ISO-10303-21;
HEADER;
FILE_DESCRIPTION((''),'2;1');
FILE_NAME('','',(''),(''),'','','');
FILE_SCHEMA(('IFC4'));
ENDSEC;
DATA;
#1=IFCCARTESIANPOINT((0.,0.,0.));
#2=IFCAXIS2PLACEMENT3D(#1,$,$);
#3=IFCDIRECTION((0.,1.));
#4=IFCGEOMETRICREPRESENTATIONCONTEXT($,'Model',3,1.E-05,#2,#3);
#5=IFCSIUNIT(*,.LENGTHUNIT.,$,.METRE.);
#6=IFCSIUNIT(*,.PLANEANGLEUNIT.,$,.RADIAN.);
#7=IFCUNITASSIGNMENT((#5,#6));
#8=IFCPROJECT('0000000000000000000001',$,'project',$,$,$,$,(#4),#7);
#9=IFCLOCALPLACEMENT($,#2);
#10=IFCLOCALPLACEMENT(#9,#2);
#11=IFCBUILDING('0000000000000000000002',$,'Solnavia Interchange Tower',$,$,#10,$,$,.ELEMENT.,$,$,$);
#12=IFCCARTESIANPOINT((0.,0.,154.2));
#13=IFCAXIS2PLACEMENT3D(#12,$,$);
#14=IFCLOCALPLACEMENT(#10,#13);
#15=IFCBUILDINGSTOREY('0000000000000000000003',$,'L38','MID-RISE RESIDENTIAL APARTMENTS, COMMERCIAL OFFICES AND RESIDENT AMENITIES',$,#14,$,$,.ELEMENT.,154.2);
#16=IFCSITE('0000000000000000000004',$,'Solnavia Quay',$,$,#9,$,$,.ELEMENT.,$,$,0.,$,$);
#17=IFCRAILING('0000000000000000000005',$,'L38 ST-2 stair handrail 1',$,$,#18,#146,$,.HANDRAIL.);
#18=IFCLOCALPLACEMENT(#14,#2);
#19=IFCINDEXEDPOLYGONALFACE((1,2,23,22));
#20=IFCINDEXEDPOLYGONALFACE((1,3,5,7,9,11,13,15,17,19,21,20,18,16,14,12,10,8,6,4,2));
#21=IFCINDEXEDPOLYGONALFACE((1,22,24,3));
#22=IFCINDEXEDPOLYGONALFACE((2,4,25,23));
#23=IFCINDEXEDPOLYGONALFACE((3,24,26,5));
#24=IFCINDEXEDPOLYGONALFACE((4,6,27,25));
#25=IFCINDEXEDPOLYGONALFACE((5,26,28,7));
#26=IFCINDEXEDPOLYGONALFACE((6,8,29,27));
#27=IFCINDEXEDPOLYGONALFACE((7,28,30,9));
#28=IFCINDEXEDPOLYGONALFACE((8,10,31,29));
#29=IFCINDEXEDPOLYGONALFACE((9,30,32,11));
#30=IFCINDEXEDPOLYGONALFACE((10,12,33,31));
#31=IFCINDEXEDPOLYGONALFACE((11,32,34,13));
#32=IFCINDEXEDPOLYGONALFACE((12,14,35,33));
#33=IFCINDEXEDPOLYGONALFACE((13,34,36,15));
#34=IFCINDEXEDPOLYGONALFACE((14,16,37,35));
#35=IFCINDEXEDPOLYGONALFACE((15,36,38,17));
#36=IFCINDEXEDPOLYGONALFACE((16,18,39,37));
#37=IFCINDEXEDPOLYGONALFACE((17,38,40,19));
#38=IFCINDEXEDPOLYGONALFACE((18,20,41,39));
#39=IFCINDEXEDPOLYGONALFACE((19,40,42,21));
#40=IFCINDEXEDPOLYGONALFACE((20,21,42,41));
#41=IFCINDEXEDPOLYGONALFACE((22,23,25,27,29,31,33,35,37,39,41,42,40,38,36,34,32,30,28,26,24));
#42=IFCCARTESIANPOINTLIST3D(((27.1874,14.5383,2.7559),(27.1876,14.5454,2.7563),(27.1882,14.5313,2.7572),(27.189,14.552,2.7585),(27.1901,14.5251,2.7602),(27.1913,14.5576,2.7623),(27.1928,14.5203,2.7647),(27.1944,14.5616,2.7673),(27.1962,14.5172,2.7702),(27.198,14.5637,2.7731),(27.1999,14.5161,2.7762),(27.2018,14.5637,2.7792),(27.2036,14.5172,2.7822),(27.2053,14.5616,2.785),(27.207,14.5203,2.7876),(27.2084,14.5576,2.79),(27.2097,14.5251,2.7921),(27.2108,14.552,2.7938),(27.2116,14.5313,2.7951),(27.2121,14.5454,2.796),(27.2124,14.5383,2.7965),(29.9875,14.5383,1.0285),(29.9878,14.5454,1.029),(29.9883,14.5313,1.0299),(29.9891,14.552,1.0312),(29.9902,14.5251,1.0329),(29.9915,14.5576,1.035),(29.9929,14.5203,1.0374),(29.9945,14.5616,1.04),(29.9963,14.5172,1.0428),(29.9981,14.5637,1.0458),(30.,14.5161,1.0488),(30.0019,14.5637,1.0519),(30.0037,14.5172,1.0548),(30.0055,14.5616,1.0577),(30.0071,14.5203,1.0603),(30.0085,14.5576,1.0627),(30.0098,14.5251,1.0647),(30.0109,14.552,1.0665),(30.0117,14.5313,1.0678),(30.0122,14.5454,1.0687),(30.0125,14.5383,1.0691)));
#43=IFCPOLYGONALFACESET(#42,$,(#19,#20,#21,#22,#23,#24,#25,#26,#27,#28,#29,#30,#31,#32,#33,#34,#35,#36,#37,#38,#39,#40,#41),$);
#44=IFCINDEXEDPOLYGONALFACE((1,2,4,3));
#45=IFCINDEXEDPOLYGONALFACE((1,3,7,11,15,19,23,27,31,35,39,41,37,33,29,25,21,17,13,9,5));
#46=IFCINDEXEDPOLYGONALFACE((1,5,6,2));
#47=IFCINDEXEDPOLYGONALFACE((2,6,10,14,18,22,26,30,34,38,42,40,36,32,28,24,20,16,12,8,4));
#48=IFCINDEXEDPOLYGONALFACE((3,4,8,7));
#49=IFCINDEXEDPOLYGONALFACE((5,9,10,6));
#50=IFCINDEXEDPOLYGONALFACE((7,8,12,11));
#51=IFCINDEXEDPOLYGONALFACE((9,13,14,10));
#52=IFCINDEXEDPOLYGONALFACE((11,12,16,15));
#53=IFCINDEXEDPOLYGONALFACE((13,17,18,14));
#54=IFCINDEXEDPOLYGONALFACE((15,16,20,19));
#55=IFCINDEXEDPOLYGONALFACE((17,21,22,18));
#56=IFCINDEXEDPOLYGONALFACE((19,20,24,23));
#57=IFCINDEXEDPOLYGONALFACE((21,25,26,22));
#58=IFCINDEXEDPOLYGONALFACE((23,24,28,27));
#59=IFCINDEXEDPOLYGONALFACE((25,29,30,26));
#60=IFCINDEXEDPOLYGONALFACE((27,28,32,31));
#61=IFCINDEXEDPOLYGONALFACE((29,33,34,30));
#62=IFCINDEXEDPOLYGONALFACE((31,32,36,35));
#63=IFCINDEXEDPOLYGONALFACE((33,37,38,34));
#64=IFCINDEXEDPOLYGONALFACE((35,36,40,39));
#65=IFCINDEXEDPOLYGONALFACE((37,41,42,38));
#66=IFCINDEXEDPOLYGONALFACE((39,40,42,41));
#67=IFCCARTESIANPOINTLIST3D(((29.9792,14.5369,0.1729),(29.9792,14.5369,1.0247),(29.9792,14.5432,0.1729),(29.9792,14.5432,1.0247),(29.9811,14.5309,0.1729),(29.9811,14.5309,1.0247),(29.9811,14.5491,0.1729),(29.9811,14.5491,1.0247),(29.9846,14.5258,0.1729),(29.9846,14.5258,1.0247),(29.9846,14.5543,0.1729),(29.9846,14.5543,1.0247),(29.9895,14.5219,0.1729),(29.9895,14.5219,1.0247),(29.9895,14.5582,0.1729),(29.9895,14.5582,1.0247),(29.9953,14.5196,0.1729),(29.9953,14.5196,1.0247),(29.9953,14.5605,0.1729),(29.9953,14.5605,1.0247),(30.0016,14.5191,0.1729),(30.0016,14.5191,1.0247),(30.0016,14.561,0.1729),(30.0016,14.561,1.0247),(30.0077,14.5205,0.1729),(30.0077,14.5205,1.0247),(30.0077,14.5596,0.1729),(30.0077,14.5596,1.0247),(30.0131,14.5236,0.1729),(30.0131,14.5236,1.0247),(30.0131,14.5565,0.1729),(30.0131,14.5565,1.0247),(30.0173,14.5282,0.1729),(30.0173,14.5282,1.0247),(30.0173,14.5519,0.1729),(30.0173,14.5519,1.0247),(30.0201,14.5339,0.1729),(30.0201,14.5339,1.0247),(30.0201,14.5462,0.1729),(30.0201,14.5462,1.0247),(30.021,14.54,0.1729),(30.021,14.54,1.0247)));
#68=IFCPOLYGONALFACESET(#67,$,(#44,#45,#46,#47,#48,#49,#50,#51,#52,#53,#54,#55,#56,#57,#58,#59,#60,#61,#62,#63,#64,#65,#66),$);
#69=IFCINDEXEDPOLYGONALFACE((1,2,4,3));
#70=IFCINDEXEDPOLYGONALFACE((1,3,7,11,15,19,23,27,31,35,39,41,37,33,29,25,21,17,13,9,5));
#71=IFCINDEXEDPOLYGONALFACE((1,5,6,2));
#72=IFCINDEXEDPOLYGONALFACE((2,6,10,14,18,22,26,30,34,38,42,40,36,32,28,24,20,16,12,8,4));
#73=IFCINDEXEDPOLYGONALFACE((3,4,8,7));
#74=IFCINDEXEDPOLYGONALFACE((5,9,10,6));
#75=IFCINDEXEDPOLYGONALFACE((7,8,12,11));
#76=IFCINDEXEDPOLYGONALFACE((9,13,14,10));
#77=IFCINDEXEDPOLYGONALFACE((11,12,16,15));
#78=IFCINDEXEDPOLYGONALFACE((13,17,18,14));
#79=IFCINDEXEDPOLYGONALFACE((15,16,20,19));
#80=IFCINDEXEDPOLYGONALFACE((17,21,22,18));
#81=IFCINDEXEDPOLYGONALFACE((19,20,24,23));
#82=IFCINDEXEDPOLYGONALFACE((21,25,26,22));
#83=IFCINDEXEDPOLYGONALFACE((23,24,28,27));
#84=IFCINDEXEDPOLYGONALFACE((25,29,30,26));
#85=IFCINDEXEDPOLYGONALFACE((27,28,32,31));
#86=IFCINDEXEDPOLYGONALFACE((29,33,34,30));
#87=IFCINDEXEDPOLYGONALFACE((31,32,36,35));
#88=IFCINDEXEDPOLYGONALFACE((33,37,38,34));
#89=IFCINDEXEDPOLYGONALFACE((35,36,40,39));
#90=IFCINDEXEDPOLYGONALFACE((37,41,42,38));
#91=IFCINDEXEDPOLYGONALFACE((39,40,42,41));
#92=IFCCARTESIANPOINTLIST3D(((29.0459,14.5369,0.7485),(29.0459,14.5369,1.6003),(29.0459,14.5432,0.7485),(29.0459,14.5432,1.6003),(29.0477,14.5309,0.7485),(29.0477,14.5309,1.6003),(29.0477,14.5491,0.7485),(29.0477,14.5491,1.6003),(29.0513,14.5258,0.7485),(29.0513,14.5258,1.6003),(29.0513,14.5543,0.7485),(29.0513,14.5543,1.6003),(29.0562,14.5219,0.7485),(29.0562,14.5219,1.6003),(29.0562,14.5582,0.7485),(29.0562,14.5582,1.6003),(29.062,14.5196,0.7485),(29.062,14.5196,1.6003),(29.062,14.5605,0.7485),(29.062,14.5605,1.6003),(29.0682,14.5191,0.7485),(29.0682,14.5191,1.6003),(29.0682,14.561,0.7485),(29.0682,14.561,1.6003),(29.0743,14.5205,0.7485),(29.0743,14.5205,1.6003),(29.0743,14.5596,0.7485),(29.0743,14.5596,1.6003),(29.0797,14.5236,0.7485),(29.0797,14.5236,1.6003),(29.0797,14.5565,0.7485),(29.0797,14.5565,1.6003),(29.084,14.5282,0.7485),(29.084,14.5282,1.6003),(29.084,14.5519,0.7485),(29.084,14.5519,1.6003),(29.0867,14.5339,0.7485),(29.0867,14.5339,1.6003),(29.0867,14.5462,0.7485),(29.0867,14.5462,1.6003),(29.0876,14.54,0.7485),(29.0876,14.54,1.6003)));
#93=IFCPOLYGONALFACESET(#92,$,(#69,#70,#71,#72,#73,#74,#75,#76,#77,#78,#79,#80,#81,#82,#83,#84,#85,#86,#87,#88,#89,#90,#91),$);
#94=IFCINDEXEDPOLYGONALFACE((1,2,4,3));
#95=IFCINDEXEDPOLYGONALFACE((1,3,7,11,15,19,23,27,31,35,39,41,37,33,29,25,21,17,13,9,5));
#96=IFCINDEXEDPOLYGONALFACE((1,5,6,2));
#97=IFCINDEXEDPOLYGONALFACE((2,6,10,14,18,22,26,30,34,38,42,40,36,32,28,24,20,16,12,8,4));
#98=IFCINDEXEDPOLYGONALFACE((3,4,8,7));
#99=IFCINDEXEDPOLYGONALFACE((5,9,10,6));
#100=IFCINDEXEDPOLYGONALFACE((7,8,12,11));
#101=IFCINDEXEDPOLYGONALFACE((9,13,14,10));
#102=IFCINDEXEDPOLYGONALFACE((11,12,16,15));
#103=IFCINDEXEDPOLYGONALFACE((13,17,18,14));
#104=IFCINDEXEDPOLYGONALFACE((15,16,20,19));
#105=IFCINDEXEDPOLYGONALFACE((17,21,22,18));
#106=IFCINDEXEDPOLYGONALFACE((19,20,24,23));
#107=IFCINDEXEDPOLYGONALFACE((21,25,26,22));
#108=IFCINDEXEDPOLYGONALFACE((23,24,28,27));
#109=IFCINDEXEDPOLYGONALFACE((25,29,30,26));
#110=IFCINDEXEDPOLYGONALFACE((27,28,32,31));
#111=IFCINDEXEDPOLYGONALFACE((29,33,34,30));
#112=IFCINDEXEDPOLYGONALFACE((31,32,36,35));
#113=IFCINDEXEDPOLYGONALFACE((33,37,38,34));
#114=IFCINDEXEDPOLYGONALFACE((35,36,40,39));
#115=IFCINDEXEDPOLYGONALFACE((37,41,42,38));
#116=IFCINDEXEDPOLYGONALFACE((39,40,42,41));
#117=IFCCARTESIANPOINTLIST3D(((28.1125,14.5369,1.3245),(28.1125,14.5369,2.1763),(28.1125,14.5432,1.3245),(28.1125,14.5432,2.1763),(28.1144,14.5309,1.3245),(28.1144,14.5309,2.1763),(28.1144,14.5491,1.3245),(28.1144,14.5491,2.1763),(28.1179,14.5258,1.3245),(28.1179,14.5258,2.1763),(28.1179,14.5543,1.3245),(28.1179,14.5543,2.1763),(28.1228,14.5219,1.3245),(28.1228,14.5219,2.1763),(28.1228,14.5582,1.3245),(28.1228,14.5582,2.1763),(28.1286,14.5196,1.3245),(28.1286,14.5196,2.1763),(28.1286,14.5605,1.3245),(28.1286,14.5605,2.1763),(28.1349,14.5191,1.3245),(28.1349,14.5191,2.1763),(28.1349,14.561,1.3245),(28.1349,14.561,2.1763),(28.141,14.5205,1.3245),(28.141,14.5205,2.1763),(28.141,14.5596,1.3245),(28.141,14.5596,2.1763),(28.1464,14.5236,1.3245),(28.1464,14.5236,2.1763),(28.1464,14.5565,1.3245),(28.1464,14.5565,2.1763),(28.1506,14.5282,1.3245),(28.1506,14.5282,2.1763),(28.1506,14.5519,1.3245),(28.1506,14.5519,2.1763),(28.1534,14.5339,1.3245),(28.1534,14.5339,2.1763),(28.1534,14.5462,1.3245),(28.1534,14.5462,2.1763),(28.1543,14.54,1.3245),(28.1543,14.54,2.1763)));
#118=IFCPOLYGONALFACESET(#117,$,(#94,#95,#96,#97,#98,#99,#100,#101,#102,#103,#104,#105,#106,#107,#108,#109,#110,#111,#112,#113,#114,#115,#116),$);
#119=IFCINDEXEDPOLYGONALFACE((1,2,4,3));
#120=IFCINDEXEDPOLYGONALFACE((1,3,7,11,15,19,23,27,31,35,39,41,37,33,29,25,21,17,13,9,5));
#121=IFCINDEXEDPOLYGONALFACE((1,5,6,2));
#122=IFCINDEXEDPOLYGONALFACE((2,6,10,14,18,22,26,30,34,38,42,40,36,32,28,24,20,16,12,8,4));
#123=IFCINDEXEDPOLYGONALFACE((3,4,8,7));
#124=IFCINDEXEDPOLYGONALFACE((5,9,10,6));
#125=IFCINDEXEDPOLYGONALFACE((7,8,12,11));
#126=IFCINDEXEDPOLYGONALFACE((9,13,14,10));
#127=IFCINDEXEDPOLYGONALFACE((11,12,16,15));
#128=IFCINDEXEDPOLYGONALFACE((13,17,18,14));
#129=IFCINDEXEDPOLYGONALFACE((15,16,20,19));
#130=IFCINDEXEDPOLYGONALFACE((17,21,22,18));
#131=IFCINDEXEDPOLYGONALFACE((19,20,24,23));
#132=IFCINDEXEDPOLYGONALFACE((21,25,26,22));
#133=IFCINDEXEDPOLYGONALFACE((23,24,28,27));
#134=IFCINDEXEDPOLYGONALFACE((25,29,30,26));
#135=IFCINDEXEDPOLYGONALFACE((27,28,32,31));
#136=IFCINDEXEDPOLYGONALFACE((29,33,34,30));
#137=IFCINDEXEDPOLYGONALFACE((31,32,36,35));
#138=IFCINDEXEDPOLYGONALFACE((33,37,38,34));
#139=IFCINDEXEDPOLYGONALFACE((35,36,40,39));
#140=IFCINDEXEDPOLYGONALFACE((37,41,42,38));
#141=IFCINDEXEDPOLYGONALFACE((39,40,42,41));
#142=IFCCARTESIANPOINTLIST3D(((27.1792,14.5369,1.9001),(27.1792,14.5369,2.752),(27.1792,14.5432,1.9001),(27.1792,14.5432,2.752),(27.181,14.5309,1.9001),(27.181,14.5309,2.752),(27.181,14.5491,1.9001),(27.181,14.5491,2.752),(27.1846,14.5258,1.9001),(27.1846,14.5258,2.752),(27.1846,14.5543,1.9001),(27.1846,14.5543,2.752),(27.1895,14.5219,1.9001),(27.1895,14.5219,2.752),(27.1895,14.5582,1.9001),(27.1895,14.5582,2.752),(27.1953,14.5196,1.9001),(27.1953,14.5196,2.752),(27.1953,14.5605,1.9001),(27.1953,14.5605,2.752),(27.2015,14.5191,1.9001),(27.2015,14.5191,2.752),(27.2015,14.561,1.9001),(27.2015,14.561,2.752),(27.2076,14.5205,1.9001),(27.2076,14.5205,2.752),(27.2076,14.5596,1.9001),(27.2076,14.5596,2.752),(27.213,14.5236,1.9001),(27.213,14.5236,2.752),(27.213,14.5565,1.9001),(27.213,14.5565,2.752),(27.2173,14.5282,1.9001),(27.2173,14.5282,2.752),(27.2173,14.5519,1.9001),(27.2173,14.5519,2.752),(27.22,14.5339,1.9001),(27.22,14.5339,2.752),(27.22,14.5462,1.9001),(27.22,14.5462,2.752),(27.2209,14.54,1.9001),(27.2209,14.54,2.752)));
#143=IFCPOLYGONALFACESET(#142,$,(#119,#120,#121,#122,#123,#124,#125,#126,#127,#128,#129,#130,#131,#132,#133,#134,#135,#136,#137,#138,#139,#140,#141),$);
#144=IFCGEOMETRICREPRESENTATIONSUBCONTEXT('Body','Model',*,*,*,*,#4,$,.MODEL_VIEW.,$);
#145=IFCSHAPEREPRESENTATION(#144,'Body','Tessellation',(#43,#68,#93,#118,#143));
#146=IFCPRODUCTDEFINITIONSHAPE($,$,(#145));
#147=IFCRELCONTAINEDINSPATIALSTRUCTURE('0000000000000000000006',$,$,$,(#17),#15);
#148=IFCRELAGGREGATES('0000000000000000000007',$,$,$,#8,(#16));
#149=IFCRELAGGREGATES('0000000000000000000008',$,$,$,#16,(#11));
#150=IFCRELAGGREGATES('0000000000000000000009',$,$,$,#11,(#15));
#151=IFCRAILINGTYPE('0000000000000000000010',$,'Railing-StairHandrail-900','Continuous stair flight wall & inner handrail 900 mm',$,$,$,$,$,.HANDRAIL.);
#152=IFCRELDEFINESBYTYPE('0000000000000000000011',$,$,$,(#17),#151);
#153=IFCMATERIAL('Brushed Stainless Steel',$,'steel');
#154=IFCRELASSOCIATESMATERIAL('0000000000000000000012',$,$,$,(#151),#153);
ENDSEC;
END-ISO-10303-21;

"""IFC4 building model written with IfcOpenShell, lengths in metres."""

from ifc_helpers import new_model, si_unit, direction, frame, origin, origin_2d, place, context, subcontext, project, spatial, circle, extrude, material, type_object, element, save


model = new_model("IFC4")

# Units and contexts
model_context = context("Model", 3, precision=1e-05, world=origin(), true_north=direction((0.0, 1.0)))
body_context = subcontext(model_context, "Body", "Model", "MODEL_VIEW")
ifc_project = project(units=[si_unit("LENGTHUNIT", "METRE"), si_unit("PLANEANGLEUNIT", "RADIAN")], contexts=[model_context])

# Site, building, storey
site_placement = place(None, origin())
site = spatial("IfcSite", under=ifc_project, at=site_placement, Name="Solnavia Quay", CompositionType="ELEMENT", RefElevation=0.0)
building_placement = place(site_placement, origin())
building = spatial("IfcBuilding", under=site, at=building_placement, Name="Solnavia Interchange Tower", CompositionType="ELEMENT")
storey_placement = place(building_placement, frame((0.0, 0.0, 154.2)))
storey = spatial("IfcBuildingStorey", under=building, at=storey_placement, Name="L38", Description="MID-RISE RESIDENTIAL APARTMENTS, COMMERCIAL OFFICES AND RESIDENT AMENITIES", CompositionType="ELEMENT", Elevation=154.2)

# Railing
ifc_material_1 = material(Name="Brushed Stainless Steel", Category="steel")
railing_type = type_object("IfcRailingType", Name="Railing-StairHandrail-900", Description="Continuous stair flight wall & inner handrail 900 mm", PredefinedType="HANDRAIL", material=ifc_material_1)
railing_placement = place(storey_placement, frame((30.0, 14.54, 0.1729)))
element("IfcRailing", 1, at=railing_placement, inside=storey, type_object=railing_type, Name="L38 ST-2 stair handrail 1", PredefinedType="HANDRAIL", context=body_context, shape_type="SweptSolid", body=[
    extrude(circle(Radius=0.0239, at=origin_2d()), frame((0.0, 0.0, 0.876), z_axis=(-0.85109, 0.0, 0.52502), x_axis=(0.0, -1.0, 0.0)), (0.0, 0.0, 1.0), 3.29),
    extrude(circle(Radius=0.021, at=origin_2d()), origin(), (0.0, 0.0, 1.0), 0.8518),
    extrude(circle(Radius=0.021, at=origin_2d()), frame((-0.9333, 0.0, 0.5757)), (0.0, 0.0, 1.0), 0.8518),
    extrude(circle(Radius=0.021, at=origin_2d()), frame((-1.8667, 0.0, 1.1516)), (0.0, 0.0, 1.0), 0.8518),
    extrude(circle(Radius=0.021, at=origin_2d()), frame((-2.8, 0.0, 1.7273)), (0.0, 0.0, 1.0), 0.8518),
])

save(model, "model.ifc")
